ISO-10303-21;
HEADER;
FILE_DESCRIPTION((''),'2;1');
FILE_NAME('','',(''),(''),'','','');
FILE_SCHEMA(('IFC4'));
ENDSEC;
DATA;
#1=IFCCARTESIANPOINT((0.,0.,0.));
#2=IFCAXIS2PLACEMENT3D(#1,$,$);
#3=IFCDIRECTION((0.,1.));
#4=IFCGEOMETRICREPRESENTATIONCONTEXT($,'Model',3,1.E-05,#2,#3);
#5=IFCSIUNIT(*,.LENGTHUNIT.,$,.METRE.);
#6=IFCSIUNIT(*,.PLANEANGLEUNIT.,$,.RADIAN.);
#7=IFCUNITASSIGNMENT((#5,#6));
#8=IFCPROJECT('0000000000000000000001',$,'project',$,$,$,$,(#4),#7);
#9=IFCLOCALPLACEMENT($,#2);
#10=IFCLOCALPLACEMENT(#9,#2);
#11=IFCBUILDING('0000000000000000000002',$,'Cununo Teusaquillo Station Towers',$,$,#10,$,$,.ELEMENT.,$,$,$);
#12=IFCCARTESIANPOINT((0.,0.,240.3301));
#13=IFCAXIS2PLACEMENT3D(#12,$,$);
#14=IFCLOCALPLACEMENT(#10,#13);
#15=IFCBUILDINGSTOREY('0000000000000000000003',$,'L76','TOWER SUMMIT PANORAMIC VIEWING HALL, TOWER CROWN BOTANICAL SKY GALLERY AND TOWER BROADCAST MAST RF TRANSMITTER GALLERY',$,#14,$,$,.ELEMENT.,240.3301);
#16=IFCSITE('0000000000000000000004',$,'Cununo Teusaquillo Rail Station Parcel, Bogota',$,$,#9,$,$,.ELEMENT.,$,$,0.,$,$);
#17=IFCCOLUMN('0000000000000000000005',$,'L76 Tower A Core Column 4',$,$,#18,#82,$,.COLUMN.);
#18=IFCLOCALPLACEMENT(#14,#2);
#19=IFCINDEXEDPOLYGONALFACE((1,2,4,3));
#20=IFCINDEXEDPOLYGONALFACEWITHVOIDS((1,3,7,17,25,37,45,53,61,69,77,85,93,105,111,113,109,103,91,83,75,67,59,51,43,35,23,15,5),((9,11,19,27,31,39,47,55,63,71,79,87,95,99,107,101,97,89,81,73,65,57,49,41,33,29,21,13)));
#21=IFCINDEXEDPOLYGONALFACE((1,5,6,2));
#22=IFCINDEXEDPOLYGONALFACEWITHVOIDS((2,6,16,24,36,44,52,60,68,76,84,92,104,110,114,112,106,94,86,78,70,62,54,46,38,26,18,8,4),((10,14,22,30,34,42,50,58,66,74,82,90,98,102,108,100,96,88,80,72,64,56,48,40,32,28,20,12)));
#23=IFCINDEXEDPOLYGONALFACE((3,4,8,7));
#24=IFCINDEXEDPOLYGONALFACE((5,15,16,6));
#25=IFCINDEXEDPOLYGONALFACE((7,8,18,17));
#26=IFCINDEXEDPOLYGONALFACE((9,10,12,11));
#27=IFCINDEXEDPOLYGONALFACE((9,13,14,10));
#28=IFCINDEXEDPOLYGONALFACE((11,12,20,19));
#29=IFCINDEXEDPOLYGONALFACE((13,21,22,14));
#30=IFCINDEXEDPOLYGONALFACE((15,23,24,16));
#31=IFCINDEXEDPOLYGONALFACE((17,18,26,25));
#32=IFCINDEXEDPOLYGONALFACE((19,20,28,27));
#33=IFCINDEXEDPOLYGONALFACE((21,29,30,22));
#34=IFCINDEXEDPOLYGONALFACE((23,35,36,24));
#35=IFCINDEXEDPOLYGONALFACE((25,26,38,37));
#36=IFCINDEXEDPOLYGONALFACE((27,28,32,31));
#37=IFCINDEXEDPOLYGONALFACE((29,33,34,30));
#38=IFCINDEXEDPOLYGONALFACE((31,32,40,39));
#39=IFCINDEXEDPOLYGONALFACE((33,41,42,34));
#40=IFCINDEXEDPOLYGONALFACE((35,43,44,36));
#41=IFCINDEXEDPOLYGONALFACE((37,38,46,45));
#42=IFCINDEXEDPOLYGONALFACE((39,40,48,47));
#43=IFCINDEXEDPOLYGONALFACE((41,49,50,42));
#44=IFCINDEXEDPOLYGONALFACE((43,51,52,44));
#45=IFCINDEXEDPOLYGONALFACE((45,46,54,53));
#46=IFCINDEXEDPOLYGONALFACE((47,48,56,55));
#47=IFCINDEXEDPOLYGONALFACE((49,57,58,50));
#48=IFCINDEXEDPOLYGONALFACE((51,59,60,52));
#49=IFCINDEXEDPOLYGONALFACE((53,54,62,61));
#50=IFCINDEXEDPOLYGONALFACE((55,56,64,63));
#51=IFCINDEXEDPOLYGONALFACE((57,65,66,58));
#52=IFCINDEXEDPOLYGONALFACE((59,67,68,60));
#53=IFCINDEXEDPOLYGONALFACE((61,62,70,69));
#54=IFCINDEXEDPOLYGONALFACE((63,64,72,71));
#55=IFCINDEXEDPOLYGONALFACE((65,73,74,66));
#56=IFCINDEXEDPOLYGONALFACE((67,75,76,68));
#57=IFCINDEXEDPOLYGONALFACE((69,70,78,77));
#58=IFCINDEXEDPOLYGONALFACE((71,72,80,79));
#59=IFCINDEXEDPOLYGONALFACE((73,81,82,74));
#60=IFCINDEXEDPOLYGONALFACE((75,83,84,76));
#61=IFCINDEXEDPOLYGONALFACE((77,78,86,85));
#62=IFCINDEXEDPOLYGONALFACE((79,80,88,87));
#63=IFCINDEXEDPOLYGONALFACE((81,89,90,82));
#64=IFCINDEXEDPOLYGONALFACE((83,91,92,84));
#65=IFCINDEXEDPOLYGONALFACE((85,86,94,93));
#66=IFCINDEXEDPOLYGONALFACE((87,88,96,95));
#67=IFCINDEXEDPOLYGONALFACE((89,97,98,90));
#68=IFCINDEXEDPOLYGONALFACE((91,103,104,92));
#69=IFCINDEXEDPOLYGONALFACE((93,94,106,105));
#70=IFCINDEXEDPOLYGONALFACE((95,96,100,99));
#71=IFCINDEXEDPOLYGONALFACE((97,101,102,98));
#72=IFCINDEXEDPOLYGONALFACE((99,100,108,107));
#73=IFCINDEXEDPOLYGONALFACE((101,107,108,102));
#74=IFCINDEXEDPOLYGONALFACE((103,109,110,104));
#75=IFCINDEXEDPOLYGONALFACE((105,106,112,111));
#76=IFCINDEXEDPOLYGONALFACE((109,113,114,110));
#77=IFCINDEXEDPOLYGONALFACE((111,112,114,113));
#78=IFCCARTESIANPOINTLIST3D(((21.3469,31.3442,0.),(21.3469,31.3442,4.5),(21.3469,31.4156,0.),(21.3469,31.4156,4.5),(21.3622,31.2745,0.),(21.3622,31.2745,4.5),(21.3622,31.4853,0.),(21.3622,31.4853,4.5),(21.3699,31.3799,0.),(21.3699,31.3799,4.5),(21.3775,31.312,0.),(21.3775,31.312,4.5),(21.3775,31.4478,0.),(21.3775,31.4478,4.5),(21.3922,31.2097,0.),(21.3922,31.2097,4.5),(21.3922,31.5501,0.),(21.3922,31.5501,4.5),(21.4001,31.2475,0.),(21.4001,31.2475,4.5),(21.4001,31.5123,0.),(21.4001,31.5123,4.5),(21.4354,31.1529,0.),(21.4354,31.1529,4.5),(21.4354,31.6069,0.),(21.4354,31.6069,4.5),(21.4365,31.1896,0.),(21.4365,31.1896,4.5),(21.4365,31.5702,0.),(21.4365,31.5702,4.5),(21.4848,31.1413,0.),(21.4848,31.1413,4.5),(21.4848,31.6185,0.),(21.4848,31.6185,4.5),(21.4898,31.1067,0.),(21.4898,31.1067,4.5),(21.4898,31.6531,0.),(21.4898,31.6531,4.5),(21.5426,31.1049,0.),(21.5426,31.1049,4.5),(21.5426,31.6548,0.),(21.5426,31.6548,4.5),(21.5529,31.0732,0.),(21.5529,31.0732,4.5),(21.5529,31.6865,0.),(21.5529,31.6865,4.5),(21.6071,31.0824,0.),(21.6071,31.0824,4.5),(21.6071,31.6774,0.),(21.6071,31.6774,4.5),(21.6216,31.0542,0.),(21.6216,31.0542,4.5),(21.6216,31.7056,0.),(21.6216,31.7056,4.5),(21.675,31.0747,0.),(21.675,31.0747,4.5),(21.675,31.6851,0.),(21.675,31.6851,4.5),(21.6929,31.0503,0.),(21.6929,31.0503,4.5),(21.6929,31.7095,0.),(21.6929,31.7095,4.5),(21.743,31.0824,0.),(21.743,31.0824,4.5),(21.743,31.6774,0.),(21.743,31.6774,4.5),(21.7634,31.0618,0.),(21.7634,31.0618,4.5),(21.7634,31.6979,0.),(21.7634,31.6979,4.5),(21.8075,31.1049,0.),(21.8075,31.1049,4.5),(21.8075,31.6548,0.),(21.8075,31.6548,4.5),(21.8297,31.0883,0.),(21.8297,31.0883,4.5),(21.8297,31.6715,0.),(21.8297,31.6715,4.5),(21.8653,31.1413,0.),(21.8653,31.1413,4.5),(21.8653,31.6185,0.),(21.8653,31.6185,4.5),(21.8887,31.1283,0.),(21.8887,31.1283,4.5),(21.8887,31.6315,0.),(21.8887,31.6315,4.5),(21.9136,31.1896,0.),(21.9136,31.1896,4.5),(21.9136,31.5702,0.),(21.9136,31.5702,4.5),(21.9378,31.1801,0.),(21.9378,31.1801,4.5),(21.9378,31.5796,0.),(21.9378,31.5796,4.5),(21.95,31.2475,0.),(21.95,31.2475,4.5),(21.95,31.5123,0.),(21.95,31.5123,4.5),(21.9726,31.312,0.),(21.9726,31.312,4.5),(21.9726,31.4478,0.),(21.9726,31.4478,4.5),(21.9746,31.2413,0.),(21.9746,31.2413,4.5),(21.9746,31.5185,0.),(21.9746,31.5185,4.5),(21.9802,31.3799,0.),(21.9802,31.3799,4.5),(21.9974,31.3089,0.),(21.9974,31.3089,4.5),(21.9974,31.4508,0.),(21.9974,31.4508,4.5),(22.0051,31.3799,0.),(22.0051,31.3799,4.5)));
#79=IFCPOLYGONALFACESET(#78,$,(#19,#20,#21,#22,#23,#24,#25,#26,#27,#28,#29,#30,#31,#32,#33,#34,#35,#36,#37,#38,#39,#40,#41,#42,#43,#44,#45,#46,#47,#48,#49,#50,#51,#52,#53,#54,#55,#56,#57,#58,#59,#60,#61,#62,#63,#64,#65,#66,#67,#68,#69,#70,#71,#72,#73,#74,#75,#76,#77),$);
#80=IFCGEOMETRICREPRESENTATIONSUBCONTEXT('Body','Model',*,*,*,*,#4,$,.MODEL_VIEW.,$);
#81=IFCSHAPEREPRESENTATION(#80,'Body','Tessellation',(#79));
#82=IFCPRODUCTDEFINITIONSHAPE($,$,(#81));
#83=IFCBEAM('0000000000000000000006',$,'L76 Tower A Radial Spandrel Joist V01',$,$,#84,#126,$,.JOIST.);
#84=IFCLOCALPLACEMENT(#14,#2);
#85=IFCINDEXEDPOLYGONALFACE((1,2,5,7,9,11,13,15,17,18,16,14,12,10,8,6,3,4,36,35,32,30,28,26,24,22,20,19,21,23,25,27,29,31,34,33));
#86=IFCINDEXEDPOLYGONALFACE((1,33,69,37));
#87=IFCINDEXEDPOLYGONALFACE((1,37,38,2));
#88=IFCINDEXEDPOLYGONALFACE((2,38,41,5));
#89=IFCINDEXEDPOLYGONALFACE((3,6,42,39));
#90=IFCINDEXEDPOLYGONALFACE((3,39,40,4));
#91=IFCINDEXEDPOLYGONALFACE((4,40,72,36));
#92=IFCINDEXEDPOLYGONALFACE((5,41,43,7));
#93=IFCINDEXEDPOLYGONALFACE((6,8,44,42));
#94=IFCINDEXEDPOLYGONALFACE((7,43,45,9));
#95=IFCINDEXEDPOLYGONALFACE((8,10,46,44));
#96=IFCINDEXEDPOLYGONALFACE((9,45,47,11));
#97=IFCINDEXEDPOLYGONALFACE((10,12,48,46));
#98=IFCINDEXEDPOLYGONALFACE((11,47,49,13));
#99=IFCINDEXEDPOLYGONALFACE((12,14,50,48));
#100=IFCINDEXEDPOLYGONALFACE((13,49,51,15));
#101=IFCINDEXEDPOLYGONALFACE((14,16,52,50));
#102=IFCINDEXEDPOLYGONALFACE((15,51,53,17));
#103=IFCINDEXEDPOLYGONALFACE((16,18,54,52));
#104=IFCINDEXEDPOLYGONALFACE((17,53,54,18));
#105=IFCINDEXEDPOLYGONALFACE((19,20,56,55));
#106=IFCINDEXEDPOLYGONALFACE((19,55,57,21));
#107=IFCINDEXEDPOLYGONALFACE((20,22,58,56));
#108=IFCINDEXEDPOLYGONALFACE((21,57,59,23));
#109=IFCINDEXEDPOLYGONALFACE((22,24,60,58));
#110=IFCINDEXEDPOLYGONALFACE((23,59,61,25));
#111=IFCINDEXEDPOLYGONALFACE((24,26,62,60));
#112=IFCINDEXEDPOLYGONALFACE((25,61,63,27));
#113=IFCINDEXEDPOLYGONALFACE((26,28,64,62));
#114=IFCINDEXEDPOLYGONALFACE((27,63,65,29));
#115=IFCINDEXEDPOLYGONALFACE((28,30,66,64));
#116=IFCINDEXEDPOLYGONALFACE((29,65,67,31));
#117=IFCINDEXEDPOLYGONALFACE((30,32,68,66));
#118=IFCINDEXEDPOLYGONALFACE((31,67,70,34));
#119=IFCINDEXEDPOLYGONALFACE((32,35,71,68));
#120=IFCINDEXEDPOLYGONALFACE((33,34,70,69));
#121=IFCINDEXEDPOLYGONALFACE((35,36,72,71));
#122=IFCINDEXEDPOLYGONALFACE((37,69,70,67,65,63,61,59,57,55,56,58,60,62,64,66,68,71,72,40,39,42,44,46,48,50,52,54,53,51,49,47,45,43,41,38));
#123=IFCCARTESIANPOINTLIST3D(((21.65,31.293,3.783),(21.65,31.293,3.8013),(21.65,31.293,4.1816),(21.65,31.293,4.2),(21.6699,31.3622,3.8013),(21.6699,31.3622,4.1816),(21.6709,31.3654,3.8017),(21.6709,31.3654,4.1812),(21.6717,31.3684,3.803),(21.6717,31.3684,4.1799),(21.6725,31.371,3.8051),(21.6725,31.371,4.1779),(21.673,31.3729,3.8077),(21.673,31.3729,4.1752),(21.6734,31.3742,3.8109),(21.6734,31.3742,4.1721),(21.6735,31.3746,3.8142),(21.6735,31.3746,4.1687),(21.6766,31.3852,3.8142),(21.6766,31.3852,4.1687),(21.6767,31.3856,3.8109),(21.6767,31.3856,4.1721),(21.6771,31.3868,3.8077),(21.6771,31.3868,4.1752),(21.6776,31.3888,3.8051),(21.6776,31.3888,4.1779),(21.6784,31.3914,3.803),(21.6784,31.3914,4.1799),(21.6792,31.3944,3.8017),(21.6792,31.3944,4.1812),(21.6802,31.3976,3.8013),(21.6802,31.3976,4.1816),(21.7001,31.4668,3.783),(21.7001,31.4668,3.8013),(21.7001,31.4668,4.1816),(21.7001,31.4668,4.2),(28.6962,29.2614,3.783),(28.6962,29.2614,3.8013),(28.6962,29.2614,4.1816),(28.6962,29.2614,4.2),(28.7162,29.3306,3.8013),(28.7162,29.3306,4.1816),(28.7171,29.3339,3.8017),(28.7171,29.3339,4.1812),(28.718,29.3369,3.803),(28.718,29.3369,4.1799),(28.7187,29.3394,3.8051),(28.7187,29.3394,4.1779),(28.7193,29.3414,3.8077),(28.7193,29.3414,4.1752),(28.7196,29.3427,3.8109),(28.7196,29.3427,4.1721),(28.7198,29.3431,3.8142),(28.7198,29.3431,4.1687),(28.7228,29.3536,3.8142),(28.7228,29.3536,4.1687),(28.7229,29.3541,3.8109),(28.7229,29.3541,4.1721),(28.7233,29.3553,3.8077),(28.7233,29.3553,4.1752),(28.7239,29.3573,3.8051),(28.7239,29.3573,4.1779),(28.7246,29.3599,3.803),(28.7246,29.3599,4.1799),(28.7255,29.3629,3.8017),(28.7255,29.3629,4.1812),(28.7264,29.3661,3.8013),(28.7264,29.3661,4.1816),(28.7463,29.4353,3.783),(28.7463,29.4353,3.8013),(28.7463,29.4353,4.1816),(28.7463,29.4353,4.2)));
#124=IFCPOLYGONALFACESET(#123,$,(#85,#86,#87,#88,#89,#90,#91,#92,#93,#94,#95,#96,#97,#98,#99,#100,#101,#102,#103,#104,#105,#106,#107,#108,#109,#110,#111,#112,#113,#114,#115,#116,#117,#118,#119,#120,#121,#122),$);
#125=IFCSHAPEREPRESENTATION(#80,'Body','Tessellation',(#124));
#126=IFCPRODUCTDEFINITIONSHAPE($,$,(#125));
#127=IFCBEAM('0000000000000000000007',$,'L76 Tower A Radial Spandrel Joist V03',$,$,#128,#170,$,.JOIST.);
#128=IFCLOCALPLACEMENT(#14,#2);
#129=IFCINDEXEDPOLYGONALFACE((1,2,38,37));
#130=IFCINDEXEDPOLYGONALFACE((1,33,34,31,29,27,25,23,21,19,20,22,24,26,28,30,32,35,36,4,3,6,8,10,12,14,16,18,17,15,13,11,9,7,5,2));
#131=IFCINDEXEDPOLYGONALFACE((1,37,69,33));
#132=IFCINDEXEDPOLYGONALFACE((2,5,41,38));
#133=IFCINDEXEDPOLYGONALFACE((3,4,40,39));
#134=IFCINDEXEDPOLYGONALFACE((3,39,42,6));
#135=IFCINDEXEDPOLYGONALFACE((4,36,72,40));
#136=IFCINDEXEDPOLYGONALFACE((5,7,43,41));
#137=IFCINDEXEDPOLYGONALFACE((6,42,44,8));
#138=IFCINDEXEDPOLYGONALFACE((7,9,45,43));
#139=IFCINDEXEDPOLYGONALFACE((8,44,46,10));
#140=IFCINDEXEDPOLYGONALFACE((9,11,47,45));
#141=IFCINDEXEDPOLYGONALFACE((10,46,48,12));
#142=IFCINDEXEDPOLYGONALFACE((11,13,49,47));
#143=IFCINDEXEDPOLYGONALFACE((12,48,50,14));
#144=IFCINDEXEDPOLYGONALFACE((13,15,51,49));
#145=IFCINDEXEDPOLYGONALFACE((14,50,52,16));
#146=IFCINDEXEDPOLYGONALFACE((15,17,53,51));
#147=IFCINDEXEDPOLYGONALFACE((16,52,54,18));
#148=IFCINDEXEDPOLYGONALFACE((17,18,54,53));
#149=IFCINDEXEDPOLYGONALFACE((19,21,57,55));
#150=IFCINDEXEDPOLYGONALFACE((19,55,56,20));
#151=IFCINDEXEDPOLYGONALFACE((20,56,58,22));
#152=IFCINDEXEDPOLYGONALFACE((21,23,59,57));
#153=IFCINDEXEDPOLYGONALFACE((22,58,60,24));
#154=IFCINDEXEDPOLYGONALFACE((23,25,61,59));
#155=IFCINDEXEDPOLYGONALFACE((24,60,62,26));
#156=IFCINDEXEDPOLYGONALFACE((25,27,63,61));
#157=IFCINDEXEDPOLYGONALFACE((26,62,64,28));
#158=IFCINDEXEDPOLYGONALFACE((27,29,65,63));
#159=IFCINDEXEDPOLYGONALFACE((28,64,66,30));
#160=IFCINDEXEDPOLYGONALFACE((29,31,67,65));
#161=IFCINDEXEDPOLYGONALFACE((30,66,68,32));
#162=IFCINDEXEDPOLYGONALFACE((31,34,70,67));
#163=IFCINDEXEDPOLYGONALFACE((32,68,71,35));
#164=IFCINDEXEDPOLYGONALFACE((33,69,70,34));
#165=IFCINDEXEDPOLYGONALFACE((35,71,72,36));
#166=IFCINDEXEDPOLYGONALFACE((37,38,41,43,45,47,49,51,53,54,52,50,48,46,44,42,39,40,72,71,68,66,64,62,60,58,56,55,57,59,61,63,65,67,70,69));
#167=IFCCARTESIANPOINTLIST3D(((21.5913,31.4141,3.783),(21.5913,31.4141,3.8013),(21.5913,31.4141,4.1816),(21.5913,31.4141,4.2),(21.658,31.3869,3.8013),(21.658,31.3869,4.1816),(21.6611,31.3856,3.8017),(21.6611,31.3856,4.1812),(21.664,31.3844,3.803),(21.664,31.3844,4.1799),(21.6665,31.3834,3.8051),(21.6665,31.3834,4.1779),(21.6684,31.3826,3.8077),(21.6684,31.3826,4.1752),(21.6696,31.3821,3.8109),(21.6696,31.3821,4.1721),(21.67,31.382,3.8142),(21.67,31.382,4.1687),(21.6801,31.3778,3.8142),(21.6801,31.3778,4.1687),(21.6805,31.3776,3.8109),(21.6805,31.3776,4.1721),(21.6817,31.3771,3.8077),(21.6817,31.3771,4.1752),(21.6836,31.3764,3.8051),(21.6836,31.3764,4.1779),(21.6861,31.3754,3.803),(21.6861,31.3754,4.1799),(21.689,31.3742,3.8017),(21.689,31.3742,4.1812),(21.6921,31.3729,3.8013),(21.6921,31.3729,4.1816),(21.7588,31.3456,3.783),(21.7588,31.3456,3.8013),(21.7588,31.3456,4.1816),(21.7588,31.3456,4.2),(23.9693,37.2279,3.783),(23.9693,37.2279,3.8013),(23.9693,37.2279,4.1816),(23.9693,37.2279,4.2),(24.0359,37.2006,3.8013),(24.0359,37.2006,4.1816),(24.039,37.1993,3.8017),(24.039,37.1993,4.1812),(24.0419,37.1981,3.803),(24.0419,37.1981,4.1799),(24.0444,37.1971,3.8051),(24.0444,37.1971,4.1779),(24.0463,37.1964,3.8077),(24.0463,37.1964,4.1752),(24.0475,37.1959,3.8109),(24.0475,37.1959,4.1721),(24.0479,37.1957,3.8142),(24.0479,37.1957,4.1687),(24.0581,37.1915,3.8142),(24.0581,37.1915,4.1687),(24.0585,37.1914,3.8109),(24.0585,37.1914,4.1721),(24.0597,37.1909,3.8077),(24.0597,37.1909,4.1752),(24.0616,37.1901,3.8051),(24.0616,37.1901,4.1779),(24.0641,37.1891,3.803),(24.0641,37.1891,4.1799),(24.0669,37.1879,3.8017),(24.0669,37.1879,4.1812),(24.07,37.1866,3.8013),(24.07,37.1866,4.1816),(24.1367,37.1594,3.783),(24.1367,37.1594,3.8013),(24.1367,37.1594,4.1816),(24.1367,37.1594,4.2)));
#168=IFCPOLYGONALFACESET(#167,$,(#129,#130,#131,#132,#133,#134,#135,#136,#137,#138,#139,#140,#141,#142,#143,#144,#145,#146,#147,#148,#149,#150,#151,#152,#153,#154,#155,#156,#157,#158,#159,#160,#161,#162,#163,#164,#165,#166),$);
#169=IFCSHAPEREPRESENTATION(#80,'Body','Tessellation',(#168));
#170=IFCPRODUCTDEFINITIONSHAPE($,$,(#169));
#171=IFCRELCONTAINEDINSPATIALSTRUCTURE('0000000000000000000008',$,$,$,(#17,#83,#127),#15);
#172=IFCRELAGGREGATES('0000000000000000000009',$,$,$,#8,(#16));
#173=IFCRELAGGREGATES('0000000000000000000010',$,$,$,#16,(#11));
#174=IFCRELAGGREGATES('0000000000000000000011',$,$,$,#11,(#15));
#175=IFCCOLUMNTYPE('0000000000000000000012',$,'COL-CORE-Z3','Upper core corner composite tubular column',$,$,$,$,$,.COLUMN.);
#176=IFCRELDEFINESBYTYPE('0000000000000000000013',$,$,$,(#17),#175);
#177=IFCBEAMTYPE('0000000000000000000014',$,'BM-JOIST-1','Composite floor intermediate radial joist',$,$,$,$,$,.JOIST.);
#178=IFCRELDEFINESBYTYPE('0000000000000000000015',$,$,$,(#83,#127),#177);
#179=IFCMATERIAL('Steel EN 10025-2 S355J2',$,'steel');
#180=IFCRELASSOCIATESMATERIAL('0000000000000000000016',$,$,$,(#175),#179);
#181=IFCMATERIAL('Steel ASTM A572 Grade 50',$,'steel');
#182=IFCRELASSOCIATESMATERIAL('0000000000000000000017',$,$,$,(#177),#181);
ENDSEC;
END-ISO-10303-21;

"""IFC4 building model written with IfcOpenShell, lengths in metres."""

from ifc_helpers import new_model, si_unit, direction, frame, origin, origin_2d, place, context, subcontext, project, spatial, hollow_circle, i_section, extrude, material, material_profile, profile_set, type_object, element, save


model = new_model("IFC4")

# Units and contexts
model_context = context("Model", 3, precision=1e-05, world=origin(), true_north=direction((0.0, 1.0)))
body_context = subcontext(model_context, "Body", "Model", "MODEL_VIEW")
ifc_project = project(units=[si_unit("LENGTHUNIT", "METRE"), si_unit("PLANEANGLEUNIT", "RADIAN")], contexts=[model_context])

# Site, building, storey
site_placement = place(None, origin())
site = spatial("IfcSite", under=ifc_project, at=site_placement, Name="Cununo Teusaquillo Rail Station Parcel, Bogota", CompositionType="ELEMENT", RefElevation=0.0)
building_placement = place(site_placement, origin())
building = spatial("IfcBuilding", under=site, at=building_placement, Name="Cununo Teusaquillo Station Towers", CompositionType="ELEMENT")
storey_placement = place(building_placement, frame((0.0, 0.0, 240.3301)))
storey = spatial("IfcBuildingStorey", under=building, at=storey_placement, Name="L76", Description="TOWER SUMMIT PANORAMIC VIEWING HALL, TOWER CROWN BOTANICAL SKY GALLERY AND TOWER BROADCAST MAST RF TRANSMITTER GALLERY", CompositionType="ELEMENT", Elevation=240.3301)

# Column
ifc_material_1 = material(Name="Steel EN 10025-2 S355J2", Category="steel")
ifc_material_profile_1 = material_profile(ifc_material_1, hollow_circle(Radius=0.3301, WallThickness=0.0249, at=origin_2d()), Name="CHS 660x25")
ifc_profile_set_1 = profile_set([ifc_material_profile_1], Name="Steel EN 10025-2 S355J2")
column_type = type_object("IfcColumnType", Name="COL-CORE-Z3", Description="Upper core corner composite tubular column", PredefinedType="COLUMN", material=ifc_profile_set_1)
column_placement = place(storey_placement, frame((21.675, 31.3799, 0.0), z_axis=(0.0, 0.0, 1.0), x_axis=(1.0, 0.0, 0.0)))
element("IfcColumn", 1, at=column_placement, inside=storey, type_object=column_type, Name="L76 Tower A Core Column 4", PredefinedType="COLUMN", context=body_context, shape_type="SweptSolid", body=[
    extrude(hollow_circle(Radius=0.3301, WallThickness=0.0249, at=origin_2d()), origin(), (0.0, 0.0, 1.0), 4.5),
])

# Beams
ifc_material_2 = material(Name="Steel ASTM A572 Grade 50", Category="steel")
ifc_material_profile_2 = material_profile(ifc_material_2, i_section(OverallWidth=0.1809, OverallDepth=0.417, WebThickness=0.011, FlangeThickness=0.0183, FilletRadius=0.0129, at=origin_2d()), Name="W16X57")
ifc_profile_set_2 = profile_set([ifc_material_profile_2], Name="Steel ASTM A572 Grade 50")
beam_type_1 = type_object("IfcBeamType", Name="BM-JOIST-1", Description="Composite floor intermediate radial joist", PredefinedType="JOIST", material=ifc_profile_set_2)
beam_1_placement = place(storey_placement, frame((21.675, 31.3799, 3.9915), z_axis=(0.960862, -0.277029, 0.0), x_axis=(0.277029, 0.960862, 0.0)))
element("IfcBeam", 2, at=beam_1_placement, inside=storey, type_object=beam_type_1, Name="L76 Tower A Radial Spandrel Joist V01", PredefinedType="JOIST", context=body_context, shape_type="SweptSolid", body=[
    extrude(i_section(OverallWidth=0.1809, OverallDepth=0.417, WebThickness=0.011, FlangeThickness=0.0183, FilletRadius=0.0129, at=origin_2d()), origin(), (0.0, 0.0, 1.0), 7.3333),
])
beam_2_placement = place(storey_placement, frame((21.675, 31.3799, 3.9915), z_axis=(0.378577, 0.92557, 0.0), x_axis=(-0.92557, 0.378577, 0.0)))
element("IfcBeam", 3, at=beam_2_placement, inside=storey, type_object=beam_type_1, Name="L76 Tower A Radial Spandrel Joist V03", PredefinedType="JOIST", context=body_context, shape_type="SweptSolid", body=[
    extrude(i_section(OverallWidth=0.1809, OverallDepth=0.417, WebThickness=0.011, FlangeThickness=0.0183, FilletRadius=0.0129, at=origin_2d()), origin(), (0.0, 0.0, 1.0), 6.2812),
])

save(model, "model.ifc")
